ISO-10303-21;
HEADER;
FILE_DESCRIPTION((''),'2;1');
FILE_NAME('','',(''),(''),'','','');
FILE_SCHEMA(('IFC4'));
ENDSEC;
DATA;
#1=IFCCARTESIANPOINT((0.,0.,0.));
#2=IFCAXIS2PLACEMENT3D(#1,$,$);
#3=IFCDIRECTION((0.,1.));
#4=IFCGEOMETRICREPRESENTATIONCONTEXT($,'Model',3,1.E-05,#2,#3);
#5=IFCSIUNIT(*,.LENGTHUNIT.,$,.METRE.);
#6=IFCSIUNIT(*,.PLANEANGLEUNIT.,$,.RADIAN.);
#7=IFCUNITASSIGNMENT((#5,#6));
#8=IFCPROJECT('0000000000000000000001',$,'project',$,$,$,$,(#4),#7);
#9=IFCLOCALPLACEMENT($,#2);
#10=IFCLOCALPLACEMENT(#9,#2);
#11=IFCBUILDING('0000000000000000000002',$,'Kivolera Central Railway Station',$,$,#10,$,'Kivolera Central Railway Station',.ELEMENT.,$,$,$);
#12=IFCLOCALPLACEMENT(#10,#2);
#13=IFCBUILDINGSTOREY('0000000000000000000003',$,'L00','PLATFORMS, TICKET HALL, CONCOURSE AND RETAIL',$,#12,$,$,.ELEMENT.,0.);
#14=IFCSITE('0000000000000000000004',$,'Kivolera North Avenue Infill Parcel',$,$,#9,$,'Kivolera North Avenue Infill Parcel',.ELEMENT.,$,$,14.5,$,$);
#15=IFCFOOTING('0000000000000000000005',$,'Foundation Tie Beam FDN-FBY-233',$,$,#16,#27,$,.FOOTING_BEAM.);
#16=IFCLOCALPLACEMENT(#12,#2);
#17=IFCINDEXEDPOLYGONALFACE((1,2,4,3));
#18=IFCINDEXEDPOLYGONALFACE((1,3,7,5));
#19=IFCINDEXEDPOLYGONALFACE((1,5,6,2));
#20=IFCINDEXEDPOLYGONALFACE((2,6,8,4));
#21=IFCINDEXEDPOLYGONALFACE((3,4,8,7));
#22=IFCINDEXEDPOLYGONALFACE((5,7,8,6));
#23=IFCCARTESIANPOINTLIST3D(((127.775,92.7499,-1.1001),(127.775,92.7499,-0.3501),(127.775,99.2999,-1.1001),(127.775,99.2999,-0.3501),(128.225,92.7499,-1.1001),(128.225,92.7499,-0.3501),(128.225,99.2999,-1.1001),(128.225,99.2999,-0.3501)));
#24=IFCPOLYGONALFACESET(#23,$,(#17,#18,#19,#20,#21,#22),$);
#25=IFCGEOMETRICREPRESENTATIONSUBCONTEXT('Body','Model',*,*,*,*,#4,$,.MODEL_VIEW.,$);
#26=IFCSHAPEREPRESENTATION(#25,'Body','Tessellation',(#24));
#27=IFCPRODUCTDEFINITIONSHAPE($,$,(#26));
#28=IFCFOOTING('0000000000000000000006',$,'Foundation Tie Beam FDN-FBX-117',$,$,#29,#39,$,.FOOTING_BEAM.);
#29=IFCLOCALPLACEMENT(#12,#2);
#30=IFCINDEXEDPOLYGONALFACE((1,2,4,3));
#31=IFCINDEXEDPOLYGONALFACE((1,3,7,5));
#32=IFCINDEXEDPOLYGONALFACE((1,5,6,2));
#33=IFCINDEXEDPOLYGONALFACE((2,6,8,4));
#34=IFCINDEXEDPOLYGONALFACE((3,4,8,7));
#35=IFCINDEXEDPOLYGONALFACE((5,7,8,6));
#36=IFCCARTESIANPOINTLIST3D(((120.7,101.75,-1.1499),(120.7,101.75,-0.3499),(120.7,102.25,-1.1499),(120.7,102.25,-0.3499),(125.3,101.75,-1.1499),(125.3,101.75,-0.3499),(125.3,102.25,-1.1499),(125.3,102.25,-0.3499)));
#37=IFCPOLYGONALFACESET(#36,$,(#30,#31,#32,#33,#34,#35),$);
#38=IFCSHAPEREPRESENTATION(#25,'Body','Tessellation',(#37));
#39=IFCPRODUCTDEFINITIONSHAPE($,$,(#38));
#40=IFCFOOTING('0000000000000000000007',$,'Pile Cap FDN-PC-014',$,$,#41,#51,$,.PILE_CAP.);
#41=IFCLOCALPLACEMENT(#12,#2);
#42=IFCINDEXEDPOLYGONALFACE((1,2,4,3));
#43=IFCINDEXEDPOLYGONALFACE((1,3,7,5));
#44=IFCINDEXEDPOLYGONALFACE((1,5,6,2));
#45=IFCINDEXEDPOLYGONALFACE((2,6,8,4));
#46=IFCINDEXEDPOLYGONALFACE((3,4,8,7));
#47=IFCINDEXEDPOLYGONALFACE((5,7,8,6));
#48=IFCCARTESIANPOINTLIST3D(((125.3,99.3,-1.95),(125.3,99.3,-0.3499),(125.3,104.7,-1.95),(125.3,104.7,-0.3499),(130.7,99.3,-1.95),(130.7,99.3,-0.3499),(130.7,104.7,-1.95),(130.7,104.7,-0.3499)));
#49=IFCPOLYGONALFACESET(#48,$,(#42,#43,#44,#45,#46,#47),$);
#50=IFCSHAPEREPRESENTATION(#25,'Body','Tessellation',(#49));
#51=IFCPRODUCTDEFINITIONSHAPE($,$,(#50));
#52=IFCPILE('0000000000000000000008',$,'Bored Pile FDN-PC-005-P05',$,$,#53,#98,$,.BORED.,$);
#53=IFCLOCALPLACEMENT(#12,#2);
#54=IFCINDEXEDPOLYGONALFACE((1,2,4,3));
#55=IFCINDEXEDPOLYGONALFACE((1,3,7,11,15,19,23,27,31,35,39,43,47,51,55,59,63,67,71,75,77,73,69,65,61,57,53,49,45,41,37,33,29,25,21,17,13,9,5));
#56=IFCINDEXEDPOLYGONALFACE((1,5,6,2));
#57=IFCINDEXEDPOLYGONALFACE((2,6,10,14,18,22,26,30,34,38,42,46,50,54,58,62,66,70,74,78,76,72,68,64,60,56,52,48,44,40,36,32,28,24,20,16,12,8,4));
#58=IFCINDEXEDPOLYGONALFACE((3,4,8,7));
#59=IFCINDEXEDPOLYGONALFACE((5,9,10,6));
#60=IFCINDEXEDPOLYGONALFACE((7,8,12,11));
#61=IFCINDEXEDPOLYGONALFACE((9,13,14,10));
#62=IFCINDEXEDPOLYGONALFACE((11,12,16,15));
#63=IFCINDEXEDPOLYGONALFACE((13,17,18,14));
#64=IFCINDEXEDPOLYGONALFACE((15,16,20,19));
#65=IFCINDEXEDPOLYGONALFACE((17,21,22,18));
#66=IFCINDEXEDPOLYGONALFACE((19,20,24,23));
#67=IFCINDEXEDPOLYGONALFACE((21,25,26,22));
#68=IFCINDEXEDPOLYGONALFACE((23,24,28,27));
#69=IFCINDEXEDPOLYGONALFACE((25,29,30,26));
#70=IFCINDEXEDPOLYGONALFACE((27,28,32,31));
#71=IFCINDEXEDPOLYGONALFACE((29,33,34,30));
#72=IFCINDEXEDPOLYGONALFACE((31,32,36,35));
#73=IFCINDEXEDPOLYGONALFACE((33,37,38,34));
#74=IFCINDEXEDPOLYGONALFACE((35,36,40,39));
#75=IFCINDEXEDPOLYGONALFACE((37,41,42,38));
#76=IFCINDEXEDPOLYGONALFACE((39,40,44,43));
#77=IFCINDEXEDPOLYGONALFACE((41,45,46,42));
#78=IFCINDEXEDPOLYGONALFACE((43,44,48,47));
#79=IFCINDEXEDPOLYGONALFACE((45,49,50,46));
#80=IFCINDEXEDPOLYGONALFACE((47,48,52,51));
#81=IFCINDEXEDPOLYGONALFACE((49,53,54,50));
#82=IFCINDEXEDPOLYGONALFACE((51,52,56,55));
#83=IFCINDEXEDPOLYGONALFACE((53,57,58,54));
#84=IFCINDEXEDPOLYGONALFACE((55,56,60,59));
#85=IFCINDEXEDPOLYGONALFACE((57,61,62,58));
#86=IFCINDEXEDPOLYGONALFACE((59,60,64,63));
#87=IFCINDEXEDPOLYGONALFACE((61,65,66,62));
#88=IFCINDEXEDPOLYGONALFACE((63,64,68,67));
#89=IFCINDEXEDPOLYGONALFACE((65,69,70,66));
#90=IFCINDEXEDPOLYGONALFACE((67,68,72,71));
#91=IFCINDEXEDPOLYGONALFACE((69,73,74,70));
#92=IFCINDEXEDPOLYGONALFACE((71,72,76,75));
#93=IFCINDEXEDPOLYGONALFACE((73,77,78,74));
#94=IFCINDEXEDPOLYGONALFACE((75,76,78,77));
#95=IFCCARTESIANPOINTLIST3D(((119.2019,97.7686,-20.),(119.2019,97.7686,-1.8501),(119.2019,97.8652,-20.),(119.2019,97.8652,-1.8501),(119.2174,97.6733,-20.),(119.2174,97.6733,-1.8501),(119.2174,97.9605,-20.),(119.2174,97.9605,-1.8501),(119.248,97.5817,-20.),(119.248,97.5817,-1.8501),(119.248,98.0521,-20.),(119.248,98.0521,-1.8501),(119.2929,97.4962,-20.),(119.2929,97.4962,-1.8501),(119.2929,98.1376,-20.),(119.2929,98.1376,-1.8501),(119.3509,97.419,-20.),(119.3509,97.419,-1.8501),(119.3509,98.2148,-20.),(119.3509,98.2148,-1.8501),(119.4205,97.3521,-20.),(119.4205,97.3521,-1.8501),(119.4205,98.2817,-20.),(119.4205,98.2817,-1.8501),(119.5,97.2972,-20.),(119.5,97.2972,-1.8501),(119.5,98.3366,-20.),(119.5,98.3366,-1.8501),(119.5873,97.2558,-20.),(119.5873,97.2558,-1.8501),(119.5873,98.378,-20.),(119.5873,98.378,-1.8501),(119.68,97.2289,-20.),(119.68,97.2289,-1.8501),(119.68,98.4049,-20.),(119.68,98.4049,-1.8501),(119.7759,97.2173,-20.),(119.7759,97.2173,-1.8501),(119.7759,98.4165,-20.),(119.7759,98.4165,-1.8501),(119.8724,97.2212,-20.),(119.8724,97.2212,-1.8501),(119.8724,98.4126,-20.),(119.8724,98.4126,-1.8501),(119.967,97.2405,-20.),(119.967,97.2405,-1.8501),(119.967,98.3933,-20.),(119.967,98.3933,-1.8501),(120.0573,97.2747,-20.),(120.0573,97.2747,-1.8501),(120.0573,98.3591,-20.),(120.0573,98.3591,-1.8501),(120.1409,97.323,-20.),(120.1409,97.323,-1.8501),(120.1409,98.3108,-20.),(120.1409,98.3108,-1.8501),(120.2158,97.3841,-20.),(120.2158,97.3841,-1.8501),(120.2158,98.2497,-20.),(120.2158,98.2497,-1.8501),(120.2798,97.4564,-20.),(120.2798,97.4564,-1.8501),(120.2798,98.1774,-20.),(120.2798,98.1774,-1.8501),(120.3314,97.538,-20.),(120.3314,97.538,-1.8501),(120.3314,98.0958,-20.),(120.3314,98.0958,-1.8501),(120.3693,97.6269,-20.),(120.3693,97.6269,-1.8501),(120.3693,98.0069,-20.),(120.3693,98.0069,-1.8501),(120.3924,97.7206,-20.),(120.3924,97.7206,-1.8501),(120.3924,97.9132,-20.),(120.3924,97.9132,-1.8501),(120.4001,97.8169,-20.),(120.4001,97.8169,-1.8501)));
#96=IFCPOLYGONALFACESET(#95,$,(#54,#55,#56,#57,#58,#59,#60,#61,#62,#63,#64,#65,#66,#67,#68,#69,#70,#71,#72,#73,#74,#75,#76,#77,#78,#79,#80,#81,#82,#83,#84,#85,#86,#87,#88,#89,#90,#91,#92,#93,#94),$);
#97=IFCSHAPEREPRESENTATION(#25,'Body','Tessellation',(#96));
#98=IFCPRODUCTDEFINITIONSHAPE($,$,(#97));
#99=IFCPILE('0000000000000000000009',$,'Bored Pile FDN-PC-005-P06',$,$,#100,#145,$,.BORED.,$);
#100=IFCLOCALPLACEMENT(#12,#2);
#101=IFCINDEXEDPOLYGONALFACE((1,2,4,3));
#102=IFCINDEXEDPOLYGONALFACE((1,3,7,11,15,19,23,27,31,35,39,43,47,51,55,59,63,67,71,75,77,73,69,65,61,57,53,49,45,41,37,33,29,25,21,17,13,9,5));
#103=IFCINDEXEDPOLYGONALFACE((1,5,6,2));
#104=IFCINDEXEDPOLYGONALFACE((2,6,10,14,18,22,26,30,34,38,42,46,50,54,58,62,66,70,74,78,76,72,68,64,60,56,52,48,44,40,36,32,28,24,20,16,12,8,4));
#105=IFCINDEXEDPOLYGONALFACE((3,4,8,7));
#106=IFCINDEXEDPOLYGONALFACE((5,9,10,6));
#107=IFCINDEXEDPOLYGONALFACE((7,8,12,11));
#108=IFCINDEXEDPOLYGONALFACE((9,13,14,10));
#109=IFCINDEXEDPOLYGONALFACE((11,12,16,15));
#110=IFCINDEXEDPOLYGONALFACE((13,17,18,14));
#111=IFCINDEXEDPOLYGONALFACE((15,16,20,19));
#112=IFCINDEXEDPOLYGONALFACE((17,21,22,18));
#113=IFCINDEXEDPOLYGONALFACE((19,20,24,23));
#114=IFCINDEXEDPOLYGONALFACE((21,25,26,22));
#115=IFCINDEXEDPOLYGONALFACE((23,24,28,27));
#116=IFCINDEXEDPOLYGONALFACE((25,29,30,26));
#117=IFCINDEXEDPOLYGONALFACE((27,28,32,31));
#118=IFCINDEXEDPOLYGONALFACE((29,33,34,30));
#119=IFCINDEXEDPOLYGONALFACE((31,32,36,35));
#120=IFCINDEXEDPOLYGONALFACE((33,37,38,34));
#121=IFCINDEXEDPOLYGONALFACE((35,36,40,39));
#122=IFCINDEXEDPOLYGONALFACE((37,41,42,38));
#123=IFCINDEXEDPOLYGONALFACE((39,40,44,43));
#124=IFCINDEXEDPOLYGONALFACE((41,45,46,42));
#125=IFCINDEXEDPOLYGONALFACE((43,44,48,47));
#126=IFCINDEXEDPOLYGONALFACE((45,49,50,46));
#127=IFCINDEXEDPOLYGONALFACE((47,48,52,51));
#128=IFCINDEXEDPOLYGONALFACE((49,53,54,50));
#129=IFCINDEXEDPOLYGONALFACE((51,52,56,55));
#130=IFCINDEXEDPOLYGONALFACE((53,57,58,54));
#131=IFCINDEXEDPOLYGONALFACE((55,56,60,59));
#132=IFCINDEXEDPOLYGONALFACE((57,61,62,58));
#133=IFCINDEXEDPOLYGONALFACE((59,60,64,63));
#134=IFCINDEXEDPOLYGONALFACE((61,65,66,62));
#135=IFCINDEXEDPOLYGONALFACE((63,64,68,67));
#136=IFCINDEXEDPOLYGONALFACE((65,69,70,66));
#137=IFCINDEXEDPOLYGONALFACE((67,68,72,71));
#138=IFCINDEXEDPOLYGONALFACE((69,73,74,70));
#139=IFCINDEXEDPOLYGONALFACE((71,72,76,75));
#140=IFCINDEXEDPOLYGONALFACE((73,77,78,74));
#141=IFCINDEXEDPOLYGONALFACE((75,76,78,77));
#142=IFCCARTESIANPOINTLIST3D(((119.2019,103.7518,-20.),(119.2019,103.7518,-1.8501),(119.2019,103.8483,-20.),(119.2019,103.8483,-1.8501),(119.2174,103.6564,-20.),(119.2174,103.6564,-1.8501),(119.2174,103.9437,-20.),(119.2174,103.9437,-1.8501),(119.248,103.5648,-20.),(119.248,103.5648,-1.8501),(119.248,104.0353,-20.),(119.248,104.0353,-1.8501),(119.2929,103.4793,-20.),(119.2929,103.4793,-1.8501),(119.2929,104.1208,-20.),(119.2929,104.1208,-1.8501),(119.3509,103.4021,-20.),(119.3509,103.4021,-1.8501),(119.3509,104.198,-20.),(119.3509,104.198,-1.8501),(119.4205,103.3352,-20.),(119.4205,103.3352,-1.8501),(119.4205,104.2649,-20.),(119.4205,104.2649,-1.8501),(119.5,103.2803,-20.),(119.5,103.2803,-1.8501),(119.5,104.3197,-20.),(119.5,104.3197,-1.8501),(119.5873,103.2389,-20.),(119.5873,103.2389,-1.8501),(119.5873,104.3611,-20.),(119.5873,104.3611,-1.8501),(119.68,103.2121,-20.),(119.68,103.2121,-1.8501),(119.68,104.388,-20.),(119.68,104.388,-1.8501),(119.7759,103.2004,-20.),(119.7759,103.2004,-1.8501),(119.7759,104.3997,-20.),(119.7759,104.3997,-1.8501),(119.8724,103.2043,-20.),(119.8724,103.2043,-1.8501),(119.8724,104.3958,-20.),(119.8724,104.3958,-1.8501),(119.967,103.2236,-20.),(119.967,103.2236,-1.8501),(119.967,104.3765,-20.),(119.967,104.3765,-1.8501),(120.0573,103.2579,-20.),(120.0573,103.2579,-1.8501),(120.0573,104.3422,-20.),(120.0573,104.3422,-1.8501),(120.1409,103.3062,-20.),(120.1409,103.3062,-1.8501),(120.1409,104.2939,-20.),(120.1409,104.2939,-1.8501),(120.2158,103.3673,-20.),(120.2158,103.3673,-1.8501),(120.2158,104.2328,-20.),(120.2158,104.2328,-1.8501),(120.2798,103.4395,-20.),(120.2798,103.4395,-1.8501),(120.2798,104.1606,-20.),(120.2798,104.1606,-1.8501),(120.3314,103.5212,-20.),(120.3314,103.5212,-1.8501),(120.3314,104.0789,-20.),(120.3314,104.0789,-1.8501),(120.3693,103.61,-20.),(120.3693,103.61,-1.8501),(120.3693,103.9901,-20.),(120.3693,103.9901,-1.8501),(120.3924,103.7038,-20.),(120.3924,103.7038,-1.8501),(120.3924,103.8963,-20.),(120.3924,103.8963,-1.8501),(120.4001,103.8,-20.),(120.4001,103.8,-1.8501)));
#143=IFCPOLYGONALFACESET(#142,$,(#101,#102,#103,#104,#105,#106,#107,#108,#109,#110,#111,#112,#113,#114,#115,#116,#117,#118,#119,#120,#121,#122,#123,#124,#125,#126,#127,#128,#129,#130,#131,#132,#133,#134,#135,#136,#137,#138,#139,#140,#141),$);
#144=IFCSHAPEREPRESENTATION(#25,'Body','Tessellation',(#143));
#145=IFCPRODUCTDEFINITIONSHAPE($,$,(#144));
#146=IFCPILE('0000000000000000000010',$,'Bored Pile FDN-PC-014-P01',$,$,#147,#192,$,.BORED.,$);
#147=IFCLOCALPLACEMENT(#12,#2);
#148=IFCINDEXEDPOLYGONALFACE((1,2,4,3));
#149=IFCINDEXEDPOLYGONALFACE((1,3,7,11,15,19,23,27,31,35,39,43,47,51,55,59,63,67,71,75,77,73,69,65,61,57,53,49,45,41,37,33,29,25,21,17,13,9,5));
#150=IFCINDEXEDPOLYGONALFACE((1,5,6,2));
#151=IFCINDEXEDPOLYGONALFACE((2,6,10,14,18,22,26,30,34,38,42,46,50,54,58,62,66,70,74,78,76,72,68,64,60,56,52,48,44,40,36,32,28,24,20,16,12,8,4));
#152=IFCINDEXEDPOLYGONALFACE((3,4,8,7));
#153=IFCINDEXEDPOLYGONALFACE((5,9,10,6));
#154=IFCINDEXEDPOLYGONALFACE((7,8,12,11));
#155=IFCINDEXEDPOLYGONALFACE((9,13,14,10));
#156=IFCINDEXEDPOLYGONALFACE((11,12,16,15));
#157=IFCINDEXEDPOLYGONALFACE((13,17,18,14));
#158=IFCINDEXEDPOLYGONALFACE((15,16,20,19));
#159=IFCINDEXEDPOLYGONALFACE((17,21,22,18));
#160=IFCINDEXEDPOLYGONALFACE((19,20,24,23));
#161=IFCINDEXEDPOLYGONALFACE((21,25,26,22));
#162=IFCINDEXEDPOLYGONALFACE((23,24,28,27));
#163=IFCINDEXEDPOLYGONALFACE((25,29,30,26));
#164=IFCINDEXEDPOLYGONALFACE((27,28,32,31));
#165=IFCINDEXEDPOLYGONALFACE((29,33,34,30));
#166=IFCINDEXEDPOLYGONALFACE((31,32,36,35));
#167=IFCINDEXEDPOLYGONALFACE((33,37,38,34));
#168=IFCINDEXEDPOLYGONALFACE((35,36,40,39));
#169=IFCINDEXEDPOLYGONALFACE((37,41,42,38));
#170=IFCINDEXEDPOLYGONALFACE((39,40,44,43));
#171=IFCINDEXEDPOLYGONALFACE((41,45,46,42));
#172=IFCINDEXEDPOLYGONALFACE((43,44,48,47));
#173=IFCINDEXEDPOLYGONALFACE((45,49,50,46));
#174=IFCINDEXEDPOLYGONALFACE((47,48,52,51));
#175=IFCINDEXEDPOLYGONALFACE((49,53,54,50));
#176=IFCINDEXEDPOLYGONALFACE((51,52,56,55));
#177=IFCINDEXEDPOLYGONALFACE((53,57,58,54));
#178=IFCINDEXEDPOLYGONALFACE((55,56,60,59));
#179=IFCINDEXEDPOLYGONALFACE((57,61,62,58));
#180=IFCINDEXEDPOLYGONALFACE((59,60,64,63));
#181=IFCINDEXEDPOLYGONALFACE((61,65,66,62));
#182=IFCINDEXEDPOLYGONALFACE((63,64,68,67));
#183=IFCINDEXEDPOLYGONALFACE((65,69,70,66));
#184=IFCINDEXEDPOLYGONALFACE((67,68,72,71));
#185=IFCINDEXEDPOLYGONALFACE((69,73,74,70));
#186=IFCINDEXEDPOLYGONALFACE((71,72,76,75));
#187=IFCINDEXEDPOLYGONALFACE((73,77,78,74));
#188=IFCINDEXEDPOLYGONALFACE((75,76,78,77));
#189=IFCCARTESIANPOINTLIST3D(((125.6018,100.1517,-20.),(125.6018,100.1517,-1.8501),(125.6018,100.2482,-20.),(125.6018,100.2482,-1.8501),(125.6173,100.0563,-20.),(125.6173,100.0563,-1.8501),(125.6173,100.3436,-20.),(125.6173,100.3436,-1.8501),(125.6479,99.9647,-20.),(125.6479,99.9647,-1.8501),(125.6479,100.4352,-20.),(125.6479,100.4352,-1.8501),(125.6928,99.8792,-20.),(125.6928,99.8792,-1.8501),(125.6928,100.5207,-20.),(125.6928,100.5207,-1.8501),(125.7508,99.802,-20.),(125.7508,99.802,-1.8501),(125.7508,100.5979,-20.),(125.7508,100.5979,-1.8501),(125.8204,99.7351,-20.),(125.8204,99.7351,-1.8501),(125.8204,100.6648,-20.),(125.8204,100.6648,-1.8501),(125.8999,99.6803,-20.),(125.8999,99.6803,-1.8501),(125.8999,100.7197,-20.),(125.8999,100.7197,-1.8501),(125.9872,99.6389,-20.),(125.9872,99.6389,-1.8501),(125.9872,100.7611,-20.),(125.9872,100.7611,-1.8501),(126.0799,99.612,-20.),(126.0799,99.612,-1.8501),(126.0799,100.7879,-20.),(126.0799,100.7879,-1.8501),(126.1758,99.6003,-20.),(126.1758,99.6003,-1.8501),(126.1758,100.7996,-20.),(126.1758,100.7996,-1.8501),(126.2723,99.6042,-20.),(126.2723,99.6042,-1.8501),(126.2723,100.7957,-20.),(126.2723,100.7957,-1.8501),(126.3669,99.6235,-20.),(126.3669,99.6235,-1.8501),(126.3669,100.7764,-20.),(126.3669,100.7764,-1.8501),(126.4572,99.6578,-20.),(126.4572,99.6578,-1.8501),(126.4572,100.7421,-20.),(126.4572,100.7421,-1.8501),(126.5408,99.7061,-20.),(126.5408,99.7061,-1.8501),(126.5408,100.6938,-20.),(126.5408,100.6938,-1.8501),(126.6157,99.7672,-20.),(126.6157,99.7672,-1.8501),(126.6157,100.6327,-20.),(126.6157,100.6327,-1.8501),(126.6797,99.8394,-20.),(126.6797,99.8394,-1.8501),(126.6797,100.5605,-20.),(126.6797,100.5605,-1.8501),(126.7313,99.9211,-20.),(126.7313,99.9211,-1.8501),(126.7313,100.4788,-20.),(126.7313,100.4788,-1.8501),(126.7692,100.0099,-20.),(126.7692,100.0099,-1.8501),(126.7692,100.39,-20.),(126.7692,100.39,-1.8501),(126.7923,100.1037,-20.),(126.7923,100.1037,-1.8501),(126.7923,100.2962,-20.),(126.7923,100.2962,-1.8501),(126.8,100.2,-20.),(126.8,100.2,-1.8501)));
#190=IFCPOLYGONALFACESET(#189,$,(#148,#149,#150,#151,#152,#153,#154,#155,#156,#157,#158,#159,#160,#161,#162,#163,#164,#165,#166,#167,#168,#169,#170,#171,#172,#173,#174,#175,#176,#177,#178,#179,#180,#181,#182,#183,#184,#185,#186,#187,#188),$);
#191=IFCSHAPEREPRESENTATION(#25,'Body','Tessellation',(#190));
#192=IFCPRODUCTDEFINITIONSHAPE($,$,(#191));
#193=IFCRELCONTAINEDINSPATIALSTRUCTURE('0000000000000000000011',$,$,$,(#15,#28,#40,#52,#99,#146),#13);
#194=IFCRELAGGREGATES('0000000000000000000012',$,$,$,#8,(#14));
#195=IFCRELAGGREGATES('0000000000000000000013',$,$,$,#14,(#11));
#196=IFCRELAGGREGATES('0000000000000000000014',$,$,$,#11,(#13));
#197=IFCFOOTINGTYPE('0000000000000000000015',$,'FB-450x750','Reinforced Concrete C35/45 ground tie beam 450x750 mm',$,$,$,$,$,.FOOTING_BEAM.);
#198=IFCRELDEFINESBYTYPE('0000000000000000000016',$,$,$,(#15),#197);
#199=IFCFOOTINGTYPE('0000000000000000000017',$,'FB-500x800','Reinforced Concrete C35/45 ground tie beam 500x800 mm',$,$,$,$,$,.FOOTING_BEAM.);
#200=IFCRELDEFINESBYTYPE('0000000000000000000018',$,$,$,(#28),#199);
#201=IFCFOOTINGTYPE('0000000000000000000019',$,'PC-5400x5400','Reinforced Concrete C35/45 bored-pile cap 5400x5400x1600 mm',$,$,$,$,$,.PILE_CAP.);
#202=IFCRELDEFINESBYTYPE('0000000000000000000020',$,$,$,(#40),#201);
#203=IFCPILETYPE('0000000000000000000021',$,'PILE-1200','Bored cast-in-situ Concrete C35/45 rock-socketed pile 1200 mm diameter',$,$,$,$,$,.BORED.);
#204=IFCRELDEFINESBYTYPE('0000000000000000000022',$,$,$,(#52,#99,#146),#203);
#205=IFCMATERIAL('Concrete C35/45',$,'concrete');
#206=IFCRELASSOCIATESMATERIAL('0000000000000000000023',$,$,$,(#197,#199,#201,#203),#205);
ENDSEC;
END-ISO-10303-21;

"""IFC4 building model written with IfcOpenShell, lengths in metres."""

from ifc_helpers import new_model, si_unit, direction, frame, origin, origin_2d, place, context, subcontext, project, spatial, rectangle, circle, extrude, material, material_profile, profile_set, type_object, element, save


model = new_model("IFC4")

# Units and contexts
model_context = context("Model", 3, precision=1e-05, world=origin(), true_north=direction((0.0, 1.0)))
body_context = subcontext(model_context, "Body", "Model", "MODEL_VIEW")
ifc_project = project(units=[si_unit("LENGTHUNIT", "METRE"), si_unit("PLANEANGLEUNIT", "RADIAN")], contexts=[model_context])

# Site, building, storey
site_placement = place(None, origin())
site = spatial("IfcSite", under=ifc_project, at=site_placement, Name="Kivolera North Avenue Infill Parcel", LongName="Kivolera North Avenue Infill Parcel", CompositionType="ELEMENT", RefElevation=14.5)
building_placement = place(site_placement, origin())
building = spatial("IfcBuilding", under=site, at=building_placement, Name="Kivolera Central Railway Station", LongName="Kivolera Central Railway Station", CompositionType="ELEMENT")
storey_placement = place(building_placement, origin())
storey = spatial("IfcBuildingStorey", under=building, at=storey_placement, Name="L00", Description="PLATFORMS, TICKET HALL, CONCOURSE AND RETAIL", CompositionType="ELEMENT", Elevation=0.0)

# Footings
ifc_material_1 = material(Name="Concrete C35/45", Category="concrete")
footing_type_1 = type_object("IfcFootingType", Name="FB-450x750", Description="Reinforced Concrete C35/45 ground tie beam 450x750 mm", PredefinedType="FOOTING_BEAM", material=ifc_material_1)
footing_1_placement = place(storey_placement, frame((128.0, 96.0249, -1.1001), z_axis=(0.0, 0.0, 1.0), x_axis=(1.0, 0.0, 0.0)))
element("IfcFooting", 1, at=footing_1_placement, inside=storey, type_object=footing_type_1, Name="Foundation Tie Beam FDN-FBY-233", PredefinedType="FOOTING_BEAM", context=body_context, shape_type="SweptSolid", body=[
    extrude(rectangle(XDim=0.45, YDim=6.55, at=origin_2d()), origin(), (0.0, 0.0, 1.0), 0.75),
])
footing_type_2 = type_object("IfcFootingType", Name="FB-500x800", Description="Reinforced Concrete C35/45 ground tie beam 500x800 mm", PredefinedType="FOOTING_BEAM", material=ifc_material_1)
footing_2_placement = place(storey_placement, frame((123.0, 102.0, -1.1499), z_axis=(0.0, 0.0, 1.0), x_axis=(1.0, 0.0, 0.0)))
element("IfcFooting", 2, at=footing_2_placement, inside=storey, type_object=footing_type_2, Name="Foundation Tie Beam FDN-FBX-117", PredefinedType="FOOTING_BEAM", context=body_context, shape_type="SweptSolid", body=[
    extrude(rectangle(XDim=4.6001, YDim=0.5, at=origin_2d()), origin(), (0.0, 0.0, 1.0), 0.8),
])
footing_type_3 = type_object("IfcFootingType", Name="PC-5400x5400", Description="Reinforced Concrete C35/45 bored-pile cap 5400x5400x1600 mm", PredefinedType="PILE_CAP", material=ifc_material_1)
footing_3_placement = place(storey_placement, frame((128.0, 102.0, -1.95), z_axis=(0.0, 0.0, 1.0), x_axis=(1.0, 0.0, 0.0)))
element("IfcFooting", 3, at=footing_3_placement, inside=storey, type_object=footing_type_3, Name="Pile Cap FDN-PC-014", PredefinedType="PILE_CAP", context=body_context, shape_type="SweptSolid", body=[
    extrude(rectangle(XDim=5.3999, YDim=5.3999, at=origin_2d()), origin(), (0.0, 0.0, 1.0), 1.6001),
])

# Piles
ifc_material_profile_1 = material_profile(ifc_material_1, circle(Radius=0.6001, at=origin_2d()), Name="PILE D1200")
ifc_profile_set_1 = profile_set([ifc_material_profile_1], Name="Concrete C35/45")
pile_type = type_object("IfcPileType", Name="PILE-1200", Description="Bored cast-in-situ Concrete C35/45 rock-socketed pile 1200 mm diameter", PredefinedType="BORED", material=ifc_profile_set_1)
for number, where, z_axis, x_axis, name in (
    (4, (119.8, 97.8169, -1.8501), (0.0, 0.0, -1.0), (1.0, 0.0, 0.0), "Bored Pile FDN-PC-005-P05"),
    (5, (119.8, 103.8, -1.8501), (0.0, 0.0, -1.0), (1.0, 0.0, 0.0), "Bored Pile FDN-PC-005-P06"),
    (6, (126.2, 100.2, -1.8501), (0.0, 0.0, -1.0), (1.0, 0.0, 0.0), "Bored Pile FDN-PC-014-P01"),
):
    element("IfcPile", number, at=place(storey_placement, frame(where, z_axis=z_axis, x_axis=x_axis)), inside=storey, type_object=pile_type, Name=name, PredefinedType="BORED", context=body_context, shape_type="SweptSolid", body=[
        extrude(circle(Radius=0.6001, at=origin_2d()), origin(), (0.0, 0.0, 1.0), 18.1499),
    ])

save(model, "model.ifc")
